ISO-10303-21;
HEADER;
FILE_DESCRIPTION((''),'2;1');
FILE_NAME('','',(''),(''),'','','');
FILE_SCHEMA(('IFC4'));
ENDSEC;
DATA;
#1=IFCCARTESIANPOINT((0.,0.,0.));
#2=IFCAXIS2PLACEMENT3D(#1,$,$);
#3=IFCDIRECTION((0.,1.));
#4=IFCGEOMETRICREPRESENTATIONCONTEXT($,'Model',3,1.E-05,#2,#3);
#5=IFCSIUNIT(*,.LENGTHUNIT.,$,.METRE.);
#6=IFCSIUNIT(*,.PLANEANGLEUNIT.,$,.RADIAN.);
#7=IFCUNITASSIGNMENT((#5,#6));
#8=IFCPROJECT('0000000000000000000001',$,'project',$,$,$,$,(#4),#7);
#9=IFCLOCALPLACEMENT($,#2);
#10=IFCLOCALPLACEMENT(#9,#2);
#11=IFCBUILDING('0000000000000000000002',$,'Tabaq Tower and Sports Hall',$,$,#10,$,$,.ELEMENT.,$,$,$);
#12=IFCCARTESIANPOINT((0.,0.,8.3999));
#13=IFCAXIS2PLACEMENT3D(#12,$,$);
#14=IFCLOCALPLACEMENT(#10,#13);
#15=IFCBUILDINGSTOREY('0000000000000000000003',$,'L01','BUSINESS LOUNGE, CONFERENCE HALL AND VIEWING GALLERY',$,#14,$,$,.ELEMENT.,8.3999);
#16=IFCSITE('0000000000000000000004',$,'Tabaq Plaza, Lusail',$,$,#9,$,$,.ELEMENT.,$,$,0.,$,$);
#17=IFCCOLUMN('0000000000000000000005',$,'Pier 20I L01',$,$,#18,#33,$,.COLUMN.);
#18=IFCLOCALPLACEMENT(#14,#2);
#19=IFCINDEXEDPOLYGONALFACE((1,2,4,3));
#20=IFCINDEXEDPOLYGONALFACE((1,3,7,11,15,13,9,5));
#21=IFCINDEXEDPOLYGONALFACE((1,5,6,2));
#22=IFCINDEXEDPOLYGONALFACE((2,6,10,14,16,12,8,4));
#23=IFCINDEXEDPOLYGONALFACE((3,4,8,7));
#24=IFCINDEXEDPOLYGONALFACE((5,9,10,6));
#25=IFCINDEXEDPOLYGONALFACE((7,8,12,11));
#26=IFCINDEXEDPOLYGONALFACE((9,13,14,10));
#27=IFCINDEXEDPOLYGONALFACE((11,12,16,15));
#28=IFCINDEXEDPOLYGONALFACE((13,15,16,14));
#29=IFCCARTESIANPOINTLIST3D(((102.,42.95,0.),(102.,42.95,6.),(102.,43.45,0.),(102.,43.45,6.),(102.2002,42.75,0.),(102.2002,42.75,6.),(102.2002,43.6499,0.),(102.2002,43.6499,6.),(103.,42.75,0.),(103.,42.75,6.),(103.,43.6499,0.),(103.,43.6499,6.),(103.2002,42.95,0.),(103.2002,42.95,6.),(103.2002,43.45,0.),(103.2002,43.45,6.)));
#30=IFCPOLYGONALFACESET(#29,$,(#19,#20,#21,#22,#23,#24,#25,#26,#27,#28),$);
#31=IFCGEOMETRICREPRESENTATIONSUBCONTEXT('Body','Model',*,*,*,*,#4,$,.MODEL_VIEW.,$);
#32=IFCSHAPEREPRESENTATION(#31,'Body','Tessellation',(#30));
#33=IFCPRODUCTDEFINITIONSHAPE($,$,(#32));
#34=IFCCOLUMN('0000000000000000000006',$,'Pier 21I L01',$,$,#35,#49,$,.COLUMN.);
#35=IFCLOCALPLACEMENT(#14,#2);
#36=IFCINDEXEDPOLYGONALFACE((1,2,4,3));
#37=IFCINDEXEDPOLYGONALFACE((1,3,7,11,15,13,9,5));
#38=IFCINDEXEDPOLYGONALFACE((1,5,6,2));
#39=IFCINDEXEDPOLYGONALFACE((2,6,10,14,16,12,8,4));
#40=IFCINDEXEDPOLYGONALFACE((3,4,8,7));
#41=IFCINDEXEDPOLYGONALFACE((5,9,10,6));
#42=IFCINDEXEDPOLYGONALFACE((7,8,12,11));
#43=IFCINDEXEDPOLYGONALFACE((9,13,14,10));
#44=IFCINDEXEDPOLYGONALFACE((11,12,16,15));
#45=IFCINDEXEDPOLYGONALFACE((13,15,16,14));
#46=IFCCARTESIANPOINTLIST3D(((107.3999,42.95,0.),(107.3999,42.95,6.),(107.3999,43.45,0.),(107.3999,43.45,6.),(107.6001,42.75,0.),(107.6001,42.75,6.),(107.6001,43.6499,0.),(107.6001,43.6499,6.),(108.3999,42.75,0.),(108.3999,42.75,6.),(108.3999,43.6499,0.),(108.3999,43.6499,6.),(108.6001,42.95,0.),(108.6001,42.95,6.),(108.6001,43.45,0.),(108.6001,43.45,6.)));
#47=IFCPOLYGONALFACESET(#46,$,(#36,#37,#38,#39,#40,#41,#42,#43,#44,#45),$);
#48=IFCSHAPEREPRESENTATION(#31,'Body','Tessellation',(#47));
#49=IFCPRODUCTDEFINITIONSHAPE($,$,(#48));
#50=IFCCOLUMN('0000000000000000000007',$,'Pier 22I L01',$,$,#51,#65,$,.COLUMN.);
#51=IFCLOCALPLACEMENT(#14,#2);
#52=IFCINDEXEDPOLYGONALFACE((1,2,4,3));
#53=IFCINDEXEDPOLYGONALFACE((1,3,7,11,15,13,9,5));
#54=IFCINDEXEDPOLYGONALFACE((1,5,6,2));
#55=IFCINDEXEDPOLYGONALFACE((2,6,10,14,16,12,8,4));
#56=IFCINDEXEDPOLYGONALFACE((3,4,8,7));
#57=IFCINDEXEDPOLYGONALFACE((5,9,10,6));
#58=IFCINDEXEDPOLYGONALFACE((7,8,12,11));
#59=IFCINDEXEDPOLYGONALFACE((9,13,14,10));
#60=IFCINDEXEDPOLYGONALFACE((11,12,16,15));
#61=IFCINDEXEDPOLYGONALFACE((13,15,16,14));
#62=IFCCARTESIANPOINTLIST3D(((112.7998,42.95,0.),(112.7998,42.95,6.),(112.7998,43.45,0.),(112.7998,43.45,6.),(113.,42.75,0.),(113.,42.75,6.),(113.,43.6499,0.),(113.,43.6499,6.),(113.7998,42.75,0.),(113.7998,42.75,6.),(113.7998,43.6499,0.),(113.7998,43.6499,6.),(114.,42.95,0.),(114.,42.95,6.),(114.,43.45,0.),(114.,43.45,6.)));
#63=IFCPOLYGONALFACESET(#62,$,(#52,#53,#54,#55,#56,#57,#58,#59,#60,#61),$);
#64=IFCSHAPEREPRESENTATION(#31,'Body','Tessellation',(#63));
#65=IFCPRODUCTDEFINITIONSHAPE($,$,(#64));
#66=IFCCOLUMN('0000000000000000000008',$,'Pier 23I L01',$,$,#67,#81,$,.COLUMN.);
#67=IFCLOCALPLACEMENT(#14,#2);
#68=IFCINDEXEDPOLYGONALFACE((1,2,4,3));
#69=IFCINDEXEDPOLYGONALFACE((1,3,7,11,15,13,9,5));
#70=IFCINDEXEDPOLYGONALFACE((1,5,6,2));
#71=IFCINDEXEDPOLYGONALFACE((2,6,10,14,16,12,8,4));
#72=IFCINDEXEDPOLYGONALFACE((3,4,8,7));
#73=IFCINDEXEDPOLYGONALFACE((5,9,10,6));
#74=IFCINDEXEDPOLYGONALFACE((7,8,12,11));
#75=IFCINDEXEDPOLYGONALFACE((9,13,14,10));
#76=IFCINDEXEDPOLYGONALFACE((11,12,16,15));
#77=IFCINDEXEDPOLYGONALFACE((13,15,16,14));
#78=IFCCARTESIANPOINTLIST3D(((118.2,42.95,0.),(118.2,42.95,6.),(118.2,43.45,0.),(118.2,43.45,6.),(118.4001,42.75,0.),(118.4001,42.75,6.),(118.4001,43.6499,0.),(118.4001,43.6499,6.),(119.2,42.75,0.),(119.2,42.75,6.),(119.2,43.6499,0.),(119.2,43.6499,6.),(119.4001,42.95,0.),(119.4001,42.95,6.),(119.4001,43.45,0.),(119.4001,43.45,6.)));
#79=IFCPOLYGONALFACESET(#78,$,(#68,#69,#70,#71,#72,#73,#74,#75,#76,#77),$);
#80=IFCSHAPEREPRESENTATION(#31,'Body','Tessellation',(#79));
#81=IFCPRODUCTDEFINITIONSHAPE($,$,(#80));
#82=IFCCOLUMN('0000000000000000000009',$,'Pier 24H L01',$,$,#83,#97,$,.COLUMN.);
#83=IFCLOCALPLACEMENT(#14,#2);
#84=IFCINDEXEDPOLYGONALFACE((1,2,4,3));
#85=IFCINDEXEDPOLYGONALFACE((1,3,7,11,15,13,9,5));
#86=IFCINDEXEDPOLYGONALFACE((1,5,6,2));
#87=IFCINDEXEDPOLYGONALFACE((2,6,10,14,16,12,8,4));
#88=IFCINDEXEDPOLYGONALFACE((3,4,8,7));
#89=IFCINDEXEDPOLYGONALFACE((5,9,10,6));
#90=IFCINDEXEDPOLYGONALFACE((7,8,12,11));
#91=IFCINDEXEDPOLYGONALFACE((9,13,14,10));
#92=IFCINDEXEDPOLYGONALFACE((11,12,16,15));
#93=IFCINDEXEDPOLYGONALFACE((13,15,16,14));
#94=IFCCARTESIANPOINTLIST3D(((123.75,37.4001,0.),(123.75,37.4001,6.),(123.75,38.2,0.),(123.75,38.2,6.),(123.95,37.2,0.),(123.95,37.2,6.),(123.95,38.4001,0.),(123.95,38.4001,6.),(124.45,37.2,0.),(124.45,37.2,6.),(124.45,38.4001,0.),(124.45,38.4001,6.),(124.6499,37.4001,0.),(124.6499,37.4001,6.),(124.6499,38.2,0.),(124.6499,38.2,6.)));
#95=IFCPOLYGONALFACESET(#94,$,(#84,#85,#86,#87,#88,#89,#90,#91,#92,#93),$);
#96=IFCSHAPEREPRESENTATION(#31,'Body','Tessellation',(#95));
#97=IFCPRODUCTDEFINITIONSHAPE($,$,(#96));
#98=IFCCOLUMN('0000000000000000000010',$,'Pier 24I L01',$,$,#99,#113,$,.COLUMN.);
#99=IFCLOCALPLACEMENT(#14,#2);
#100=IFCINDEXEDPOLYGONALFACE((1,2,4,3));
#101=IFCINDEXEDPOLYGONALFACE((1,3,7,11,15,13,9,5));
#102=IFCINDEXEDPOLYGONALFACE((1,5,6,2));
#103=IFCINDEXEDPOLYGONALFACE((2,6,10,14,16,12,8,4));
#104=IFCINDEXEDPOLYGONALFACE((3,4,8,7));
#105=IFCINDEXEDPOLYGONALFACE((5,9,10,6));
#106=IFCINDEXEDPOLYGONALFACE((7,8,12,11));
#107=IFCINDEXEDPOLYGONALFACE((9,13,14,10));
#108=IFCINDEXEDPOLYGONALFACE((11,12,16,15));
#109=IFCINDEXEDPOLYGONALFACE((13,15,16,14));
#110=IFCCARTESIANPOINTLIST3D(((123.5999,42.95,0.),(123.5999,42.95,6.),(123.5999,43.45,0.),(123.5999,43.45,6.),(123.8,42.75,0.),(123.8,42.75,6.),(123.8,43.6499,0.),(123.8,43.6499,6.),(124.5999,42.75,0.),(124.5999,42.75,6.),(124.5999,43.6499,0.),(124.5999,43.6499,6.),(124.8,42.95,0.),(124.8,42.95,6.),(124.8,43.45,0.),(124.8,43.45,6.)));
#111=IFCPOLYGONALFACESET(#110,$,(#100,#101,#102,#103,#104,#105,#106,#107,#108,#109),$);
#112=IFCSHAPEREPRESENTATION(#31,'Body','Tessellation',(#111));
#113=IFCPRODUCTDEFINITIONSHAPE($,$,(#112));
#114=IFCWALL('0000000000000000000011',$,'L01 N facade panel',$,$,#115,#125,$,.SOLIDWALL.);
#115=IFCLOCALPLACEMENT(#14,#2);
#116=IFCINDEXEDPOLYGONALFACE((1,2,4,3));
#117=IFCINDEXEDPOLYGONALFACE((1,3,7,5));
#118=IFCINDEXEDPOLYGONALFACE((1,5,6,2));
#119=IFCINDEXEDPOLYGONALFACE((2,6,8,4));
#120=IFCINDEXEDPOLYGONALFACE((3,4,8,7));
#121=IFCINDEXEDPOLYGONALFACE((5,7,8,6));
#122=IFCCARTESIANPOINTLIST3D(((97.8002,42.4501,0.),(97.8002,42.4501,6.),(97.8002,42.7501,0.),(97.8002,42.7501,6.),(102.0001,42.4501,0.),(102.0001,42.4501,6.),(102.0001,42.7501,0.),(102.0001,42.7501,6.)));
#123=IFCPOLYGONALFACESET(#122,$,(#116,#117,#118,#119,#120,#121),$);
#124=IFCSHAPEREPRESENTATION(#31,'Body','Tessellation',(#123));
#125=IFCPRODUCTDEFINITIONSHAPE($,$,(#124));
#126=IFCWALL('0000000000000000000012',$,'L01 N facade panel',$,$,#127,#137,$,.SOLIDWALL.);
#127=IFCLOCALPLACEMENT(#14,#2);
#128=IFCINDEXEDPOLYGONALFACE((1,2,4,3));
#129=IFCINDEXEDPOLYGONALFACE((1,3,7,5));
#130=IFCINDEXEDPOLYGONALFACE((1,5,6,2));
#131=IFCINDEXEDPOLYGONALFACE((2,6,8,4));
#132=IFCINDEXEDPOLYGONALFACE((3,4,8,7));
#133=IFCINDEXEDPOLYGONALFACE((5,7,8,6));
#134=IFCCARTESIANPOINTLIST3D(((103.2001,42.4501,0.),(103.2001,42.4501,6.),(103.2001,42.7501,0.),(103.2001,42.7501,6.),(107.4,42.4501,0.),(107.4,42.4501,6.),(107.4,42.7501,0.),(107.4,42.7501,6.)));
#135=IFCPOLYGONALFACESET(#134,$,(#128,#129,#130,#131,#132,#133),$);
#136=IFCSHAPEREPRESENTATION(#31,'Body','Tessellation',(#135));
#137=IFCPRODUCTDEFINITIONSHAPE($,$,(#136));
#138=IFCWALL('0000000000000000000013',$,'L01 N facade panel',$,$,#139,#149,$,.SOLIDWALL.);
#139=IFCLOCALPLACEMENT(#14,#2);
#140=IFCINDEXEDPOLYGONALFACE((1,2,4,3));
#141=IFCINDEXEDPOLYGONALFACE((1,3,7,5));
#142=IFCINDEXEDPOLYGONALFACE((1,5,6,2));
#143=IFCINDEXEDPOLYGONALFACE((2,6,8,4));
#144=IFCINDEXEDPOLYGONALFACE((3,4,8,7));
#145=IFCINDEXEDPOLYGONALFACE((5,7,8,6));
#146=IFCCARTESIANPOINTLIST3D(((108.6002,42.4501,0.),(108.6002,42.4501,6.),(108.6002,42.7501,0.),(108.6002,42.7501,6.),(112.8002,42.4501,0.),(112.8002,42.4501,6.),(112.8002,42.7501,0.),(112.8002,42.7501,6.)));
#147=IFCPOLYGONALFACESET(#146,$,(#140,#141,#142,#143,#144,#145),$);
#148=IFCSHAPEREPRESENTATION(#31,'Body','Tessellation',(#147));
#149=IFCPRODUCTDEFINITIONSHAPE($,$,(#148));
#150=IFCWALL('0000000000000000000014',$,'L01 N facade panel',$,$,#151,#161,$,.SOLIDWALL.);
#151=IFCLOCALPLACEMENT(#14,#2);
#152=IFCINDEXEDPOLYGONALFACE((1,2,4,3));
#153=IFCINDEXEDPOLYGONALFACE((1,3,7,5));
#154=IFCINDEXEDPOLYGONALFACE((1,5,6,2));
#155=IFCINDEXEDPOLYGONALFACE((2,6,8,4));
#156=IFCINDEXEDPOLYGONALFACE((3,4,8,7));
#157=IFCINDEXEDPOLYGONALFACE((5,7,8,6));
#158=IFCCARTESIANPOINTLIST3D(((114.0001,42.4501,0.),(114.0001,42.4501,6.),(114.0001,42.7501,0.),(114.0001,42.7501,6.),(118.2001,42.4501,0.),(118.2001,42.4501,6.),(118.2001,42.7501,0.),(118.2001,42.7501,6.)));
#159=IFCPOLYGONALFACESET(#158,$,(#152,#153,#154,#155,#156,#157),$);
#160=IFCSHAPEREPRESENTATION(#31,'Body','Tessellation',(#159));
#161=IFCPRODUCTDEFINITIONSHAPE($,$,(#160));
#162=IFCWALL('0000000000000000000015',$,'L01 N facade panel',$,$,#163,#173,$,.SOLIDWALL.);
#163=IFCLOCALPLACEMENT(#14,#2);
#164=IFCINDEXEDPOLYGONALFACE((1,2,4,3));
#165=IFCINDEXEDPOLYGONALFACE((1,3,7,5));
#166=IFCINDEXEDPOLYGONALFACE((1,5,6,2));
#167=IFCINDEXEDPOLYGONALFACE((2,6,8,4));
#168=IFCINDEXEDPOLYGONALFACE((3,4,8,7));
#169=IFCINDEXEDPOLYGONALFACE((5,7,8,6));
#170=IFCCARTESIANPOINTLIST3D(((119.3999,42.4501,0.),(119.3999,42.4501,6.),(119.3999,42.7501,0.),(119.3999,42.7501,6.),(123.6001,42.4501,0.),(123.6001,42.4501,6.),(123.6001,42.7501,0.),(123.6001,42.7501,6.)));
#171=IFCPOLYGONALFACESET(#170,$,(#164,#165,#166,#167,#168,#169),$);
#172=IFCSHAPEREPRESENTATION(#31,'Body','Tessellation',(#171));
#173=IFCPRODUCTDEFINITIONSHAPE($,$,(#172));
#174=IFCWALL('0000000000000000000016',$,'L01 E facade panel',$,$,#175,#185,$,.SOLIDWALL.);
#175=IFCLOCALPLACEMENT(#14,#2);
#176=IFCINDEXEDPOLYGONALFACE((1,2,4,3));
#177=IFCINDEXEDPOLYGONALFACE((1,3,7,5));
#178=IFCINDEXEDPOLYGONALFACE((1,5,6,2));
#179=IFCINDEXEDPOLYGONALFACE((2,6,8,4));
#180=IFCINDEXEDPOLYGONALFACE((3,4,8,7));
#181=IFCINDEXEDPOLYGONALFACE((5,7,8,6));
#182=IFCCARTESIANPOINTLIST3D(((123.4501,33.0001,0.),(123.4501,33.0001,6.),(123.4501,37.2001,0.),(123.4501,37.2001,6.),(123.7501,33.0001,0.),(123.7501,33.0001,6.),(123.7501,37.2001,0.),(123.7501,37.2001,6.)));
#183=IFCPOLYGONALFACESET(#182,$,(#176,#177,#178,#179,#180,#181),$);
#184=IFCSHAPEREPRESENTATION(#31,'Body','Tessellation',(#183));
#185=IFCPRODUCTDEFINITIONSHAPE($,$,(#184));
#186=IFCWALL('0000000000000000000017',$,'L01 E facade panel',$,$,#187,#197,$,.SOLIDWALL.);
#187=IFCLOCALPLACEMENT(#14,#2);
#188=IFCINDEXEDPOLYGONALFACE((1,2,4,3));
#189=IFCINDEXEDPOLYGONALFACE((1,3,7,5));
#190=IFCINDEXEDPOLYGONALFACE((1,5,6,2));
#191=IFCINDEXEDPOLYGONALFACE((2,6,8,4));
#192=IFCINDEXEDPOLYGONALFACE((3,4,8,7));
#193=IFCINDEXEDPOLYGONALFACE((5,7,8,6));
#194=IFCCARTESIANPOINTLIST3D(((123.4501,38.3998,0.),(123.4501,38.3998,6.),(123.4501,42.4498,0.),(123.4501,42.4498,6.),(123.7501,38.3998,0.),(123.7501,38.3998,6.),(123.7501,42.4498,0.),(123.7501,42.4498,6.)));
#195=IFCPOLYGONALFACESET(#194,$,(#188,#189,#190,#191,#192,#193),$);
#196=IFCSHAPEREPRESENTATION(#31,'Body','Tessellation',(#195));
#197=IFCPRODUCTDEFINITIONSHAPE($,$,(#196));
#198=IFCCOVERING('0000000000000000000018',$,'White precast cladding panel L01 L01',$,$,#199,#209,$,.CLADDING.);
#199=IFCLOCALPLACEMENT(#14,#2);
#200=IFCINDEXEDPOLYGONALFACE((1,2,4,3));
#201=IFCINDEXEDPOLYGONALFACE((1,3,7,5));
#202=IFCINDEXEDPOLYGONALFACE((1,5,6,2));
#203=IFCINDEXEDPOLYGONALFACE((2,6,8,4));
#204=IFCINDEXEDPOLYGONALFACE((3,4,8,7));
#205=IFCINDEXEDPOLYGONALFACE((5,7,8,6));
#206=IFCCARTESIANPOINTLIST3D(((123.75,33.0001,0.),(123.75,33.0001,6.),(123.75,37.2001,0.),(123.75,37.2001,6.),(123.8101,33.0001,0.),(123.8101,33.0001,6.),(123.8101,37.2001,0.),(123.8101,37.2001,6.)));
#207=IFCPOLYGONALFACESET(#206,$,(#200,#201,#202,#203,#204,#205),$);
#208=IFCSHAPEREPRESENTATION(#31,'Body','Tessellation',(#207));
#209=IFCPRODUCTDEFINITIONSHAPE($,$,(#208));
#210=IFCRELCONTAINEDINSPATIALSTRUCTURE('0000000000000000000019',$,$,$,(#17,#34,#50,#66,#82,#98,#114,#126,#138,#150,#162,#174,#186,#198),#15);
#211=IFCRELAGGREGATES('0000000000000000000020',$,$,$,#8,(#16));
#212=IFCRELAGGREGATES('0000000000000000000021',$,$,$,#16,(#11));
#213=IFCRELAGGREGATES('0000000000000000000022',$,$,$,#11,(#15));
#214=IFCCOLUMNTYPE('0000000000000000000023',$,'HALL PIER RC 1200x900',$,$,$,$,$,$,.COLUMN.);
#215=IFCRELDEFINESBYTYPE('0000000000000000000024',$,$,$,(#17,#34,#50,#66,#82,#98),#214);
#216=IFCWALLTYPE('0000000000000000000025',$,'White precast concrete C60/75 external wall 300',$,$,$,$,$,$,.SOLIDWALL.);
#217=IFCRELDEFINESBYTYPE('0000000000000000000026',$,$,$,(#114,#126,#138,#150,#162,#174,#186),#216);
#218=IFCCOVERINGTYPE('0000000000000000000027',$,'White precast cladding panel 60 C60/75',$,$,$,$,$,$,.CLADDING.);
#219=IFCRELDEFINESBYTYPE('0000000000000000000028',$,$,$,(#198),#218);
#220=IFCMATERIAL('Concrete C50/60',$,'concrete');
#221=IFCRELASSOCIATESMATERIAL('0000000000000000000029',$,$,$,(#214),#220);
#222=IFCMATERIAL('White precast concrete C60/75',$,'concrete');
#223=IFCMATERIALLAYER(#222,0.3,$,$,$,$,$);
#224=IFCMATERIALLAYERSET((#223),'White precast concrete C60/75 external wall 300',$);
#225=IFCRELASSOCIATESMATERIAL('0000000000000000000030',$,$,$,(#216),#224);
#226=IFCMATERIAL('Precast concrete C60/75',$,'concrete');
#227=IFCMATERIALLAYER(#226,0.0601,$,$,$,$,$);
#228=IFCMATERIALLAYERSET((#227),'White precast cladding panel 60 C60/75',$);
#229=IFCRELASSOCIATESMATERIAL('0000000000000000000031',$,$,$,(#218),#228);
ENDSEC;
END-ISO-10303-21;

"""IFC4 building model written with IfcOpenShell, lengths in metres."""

from ifc_helpers import new_model, si_unit, direction, frame, frame_2d, origin, place, context, subcontext, project, spatial, polyline, rectangle, outline, extrude, material, layer, layer_set, material_profile, profile_set, type_object, element, save


model = new_model("IFC4")

# Units and contexts
model_context = context("Model", 3, precision=1e-05, world=origin(), true_north=direction((0.0, 1.0)))
body_context = subcontext(model_context, "Body", "Model", "MODEL_VIEW")
ifc_project = project(units=[si_unit("LENGTHUNIT", "METRE"), si_unit("PLANEANGLEUNIT", "RADIAN")], contexts=[model_context])

# Site, building, storey
site_placement = place(None, origin())
site = spatial("IfcSite", under=ifc_project, at=site_placement, Name="Tabaq Plaza, Lusail", CompositionType="ELEMENT", RefElevation=0.0)
building_placement = place(site_placement, origin())
building = spatial("IfcBuilding", under=site, at=building_placement, Name="Tabaq Tower and Sports Hall", CompositionType="ELEMENT")
storey_placement = place(building_placement, frame((0.0, 0.0, 8.3999)))
storey = spatial("IfcBuildingStorey", under=building, at=storey_placement, Name="L01", Description="BUSINESS LOUNGE, CONFERENCE HALL AND VIEWING GALLERY", CompositionType="ELEMENT", Elevation=8.3999)

# Columns
ifc_material_1 = material(Name="Concrete C50/60", Category="concrete")
ifc_material_profile = material_profile(ifc_material_1, outline(polyline([(-0.3999, -0.45), (0.3999, -0.45), (0.6001, -0.25), (0.6001, 0.25), (0.3999, 0.45), (-0.3999, 0.45), (-0.6001, 0.25), (-0.6001, -0.25), (-0.3999, -0.45)])), Name="PIER 1200x900")
ifc_profile_set = profile_set([ifc_material_profile], Name="Concrete C50/60")
column_type = type_object("IfcColumnType", Name="HALL PIER RC 1200x900", PredefinedType="COLUMN", material=ifc_profile_set)
for number, where, z_axis, x_axis, name in (
    (1, (102.6001, 43.2, 0.0), (0.0, 0.0, 1.0), (1.0, 0.0, 0.0), "Pier 20I L01"),
    (2, (108.0, 43.2, 0.0), (0.0, 0.0, 1.0), (1.0, 0.0, 0.0), "Pier 21I L01"),
    (3, (113.3999, 43.2, 0.0), (0.0, 0.0, 1.0), (1.0, 0.0, 0.0), "Pier 22I L01"),
    (4, (118.8, 43.2, 0.0), (0.0, 0.0, 1.0), (1.0, 0.0, 0.0), "Pier 23I L01"),
    (5, (124.2, 37.8, 0.0), (0.0, 0.0, 1.0), (0.0, 1.0, 0.0), "Pier 24H L01"),
    (6, (124.2, 43.2, 0.0), (0.0, 0.0, 1.0), (1.0, 0.0, 0.0), "Pier 24I L01"),
):
    element("IfcColumn", number, at=place(storey_placement, frame(where, z_axis=z_axis, x_axis=x_axis)), inside=storey, type_object=column_type, Name=name, PredefinedType="COLUMN", context=body_context, shape_type="SweptSolid", body=[
        extrude(outline(polyline([(-0.3999, -0.45), (0.3999, -0.45), (0.6001, -0.25), (0.6001, 0.25), (0.3999, 0.45), (-0.3999, 0.45), (-0.6001, 0.25), (-0.6001, -0.25), (-0.3999, -0.45)])), origin(), (0.0, 0.0, 1.0), 6.0),
    ])

# Walls
ifc_material_2 = material(Name="White precast concrete C60/75", Category="concrete")
ifc_layer_1 = layer(ifc_material_2, 0.3)
ifc_layer_set_1 = layer_set([ifc_layer_1], Name="White precast concrete C60/75 external wall 300")
wall_type = type_object("IfcWallType", Name="White precast concrete C60/75 external wall 300", PredefinedType="SOLIDWALL", material=ifc_layer_set_1)
for number, where, z_axis, x_axis, name in (
    (7, (97.8, 42.6001, 0.0), (0.0, 0.0, 1.0), (1.0, 0.0, 0.0), "L01 N facade panel"),
    (8, (103.2, 42.6001, 0.0), (0.0, 0.0, 1.0), (1.0, 0.0, 0.0), "L01 N facade panel"),
    (9, (108.6001, 42.6001, 0.0), (0.0, 0.0, 1.0), (1.0, 0.0, 0.0), "L01 N facade panel"),
    (10, (114.0, 42.6001, 0.0), (0.0, 0.0, 1.0), (1.0, 0.0, 0.0), "L01 N facade panel"),
):
    element("IfcWall", number, at=place(storey_placement, frame(where, z_axis=z_axis, x_axis=x_axis)), inside=storey, type_object=wall_type, Name=name, PredefinedType="SOLIDWALL", context=body_context, shape_type="SweptSolid", body=[
        extrude(rectangle(XDim=4.2, YDim=0.3, at=frame_2d((2.1001, 0.0))), origin(), (0.0, 0.0, 1.0), 6.0),
    ])
wall_1_placement = place(storey_placement, frame((119.3999, 42.6001, 0.0), z_axis=(0.0, 0.0, 1.0), x_axis=(1.0, 0.0, 0.0)))
element("IfcWall", 11, at=wall_1_placement, inside=storey, type_object=wall_type, Name="L01 N facade panel", PredefinedType="SOLIDWALL", context=body_context, shape_type="SweptSolid", body=[
    extrude(rectangle(XDim=4.2002, YDim=0.3, at=frame_2d((2.1001, 0.0))), origin(), (0.0, 0.0, 1.0), 6.0),
])
wall_2_placement = place(storey_placement, frame((123.6001, 33.0, 0.0), z_axis=(0.0, 0.0, 1.0), x_axis=(0.0, 1.0, 0.0)))
element("IfcWall", 12, at=wall_2_placement, inside=storey, type_object=wall_type, Name="L01 E facade panel", PredefinedType="SOLIDWALL", context=body_context, shape_type="SweptSolid", body=[
    extrude(rectangle(XDim=4.2, YDim=0.3, at=frame_2d((2.1001, 0.0))), origin(), (0.0, 0.0, 1.0), 6.0),
])
wall_3_placement = place(storey_placement, frame((123.6001, 38.3999, 0.0), z_axis=(0.0, 0.0, 1.0), x_axis=(0.0, 1.0, 0.0)))
element("IfcWall", 13, at=wall_3_placement, inside=storey, type_object=wall_type, Name="L01 E facade panel", PredefinedType="SOLIDWALL", context=body_context, shape_type="SweptSolid", body=[
    extrude(rectangle(XDim=4.05, YDim=0.3, at=frame_2d((2.0249, 0.0))), origin(), (0.0, 0.0, 1.0), 6.0),
])

# Covering
ifc_material_3 = material(Name="Precast concrete C60/75", Category="concrete")
ifc_layer_2 = layer(ifc_material_3, 0.0601)
ifc_layer_set_2 = layer_set([ifc_layer_2], Name="White precast cladding panel 60 C60/75")
covering_type = type_object("IfcCoveringType", Name="White precast cladding panel 60 C60/75", PredefinedType="CLADDING", material=ifc_layer_set_2)
covering_1_placement = place(storey_placement, frame((123.78, 33.0, 0.0), z_axis=(0.0, 0.0, 1.0), x_axis=(0.0, 1.0, 0.0)))
element("IfcCovering", 14, at=covering_1_placement, inside=storey, type_object=covering_type, Name="White precast cladding panel L01 L01", PredefinedType="CLADDING", context=body_context, shape_type="SweptSolid", body=[
    extrude(rectangle(XDim=4.2, YDim=0.0601, at=frame_2d((2.1001, 0.0))), origin(), (0.0, 0.0, 1.0), 6.0),
])

save(model, "model.ifc")
